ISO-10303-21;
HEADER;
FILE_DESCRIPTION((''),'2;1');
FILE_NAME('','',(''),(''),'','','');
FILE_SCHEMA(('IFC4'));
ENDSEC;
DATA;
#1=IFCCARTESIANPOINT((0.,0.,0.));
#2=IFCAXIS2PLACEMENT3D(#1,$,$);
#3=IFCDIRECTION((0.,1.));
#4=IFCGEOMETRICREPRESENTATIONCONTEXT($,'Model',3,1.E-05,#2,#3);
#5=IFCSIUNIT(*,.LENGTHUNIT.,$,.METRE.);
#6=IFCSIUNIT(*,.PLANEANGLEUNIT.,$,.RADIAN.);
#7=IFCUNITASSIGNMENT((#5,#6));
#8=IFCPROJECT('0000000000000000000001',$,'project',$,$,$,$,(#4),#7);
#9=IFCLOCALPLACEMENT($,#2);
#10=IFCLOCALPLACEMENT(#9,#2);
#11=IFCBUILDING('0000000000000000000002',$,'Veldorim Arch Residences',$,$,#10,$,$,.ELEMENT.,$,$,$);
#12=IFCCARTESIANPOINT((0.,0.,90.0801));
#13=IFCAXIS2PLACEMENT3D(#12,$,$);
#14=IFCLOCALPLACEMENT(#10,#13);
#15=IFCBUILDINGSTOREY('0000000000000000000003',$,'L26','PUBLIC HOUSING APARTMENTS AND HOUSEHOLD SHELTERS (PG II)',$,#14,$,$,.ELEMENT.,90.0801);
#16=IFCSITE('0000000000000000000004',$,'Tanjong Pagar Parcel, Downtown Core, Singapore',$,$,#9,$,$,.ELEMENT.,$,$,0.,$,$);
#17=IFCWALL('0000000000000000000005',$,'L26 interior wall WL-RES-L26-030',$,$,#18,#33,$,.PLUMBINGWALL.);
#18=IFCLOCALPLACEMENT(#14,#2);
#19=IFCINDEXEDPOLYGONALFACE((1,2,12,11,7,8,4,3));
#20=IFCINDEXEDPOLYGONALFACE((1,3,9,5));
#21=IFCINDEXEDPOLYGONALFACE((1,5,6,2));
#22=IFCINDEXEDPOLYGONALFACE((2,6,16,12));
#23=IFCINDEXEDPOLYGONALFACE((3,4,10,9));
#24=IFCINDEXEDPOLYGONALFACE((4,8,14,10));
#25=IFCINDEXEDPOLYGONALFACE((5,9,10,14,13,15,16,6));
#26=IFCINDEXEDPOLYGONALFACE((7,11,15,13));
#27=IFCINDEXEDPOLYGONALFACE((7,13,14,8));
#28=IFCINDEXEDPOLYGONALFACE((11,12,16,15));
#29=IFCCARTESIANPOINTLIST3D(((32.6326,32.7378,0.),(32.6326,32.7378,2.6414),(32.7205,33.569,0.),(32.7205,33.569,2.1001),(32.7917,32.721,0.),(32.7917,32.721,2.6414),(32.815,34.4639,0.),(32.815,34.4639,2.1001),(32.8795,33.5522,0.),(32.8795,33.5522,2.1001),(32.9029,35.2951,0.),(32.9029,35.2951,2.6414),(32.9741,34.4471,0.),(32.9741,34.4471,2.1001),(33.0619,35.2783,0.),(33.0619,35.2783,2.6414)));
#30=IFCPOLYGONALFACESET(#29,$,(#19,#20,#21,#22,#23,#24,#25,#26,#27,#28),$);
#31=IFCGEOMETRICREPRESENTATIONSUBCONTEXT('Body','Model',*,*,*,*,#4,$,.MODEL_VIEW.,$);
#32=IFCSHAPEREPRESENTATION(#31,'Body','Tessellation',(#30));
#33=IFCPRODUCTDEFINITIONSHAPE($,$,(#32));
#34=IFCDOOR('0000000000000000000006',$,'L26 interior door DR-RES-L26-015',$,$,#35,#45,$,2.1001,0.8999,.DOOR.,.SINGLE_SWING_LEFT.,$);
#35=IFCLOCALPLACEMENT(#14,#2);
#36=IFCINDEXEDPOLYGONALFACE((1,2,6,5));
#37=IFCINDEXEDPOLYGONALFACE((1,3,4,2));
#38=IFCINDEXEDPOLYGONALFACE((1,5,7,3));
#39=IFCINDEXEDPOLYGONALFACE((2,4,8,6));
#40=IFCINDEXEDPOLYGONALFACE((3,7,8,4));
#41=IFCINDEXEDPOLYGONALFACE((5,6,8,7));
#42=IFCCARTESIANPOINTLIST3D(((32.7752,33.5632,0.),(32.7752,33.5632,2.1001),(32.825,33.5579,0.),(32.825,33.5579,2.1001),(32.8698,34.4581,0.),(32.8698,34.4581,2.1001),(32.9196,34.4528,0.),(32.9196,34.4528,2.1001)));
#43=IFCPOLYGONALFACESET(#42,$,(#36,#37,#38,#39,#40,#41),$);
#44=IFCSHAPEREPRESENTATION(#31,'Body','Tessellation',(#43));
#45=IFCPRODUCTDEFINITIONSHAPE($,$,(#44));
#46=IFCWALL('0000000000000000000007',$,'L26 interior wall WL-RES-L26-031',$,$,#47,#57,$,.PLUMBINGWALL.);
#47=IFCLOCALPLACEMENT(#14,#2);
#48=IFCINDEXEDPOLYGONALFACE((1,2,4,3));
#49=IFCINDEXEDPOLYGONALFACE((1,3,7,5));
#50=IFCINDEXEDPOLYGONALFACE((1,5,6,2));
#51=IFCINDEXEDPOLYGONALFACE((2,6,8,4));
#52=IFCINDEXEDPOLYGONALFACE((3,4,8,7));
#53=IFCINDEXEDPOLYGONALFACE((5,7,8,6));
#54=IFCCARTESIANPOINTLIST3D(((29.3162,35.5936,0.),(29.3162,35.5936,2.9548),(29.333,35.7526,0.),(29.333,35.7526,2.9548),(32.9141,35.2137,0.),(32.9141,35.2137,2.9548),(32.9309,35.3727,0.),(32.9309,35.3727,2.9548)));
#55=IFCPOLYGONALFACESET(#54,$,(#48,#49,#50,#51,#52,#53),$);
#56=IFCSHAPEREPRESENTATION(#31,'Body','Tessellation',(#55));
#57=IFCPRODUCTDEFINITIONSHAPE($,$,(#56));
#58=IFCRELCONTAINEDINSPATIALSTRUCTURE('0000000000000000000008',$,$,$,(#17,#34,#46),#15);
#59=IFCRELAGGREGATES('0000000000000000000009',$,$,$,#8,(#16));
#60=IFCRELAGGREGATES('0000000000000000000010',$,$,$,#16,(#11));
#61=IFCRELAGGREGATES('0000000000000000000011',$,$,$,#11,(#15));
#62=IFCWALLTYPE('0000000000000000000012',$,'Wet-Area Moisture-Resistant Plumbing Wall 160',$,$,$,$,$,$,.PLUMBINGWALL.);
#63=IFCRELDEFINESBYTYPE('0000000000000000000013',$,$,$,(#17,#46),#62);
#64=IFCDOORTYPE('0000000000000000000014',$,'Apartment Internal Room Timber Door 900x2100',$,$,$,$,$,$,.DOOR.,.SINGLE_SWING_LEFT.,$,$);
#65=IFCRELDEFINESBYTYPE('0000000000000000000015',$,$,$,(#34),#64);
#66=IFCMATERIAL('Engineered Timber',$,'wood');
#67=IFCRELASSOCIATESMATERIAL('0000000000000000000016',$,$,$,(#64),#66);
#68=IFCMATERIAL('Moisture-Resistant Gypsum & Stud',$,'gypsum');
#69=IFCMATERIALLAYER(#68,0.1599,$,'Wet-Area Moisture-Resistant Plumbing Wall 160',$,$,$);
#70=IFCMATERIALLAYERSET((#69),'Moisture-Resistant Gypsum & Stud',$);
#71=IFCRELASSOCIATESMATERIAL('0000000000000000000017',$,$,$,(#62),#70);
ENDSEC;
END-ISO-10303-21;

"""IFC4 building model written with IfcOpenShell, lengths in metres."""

from ifc_helpers import new_model, si_unit, direction, frame, frame_2d, origin, place, context, subcontext, project, spatial, rectangle, extrude, material, layer, layer_set, type_object, element, fill, save


model = new_model("IFC4")

# Units and contexts
model_context = context("Model", 3, precision=1e-05, world=origin(), true_north=direction((0.0, 1.0)))
body_context = subcontext(model_context, "Body", "Model", "MODEL_VIEW")
ifc_project = project(units=[si_unit("LENGTHUNIT", "METRE"), si_unit("PLANEANGLEUNIT", "RADIAN")], contexts=[model_context])

# Site, building, storey
site_placement = place(None, origin())
site = spatial("IfcSite", under=ifc_project, at=site_placement, Name="Tanjong Pagar Parcel, Downtown Core, Singapore", CompositionType="ELEMENT", RefElevation=0.0)
building_placement = place(site_placement, origin())
building = spatial("IfcBuilding", under=site, at=building_placement, Name="Veldorim Arch Residences", CompositionType="ELEMENT")
storey_placement = place(building_placement, frame((0.0, 0.0, 90.0801)))
storey = spatial("IfcBuildingStorey", under=building, at=storey_placement, Name="L26", Description="PUBLIC HOUSING APARTMENTS AND HOUSEHOLD SHELTERS (PG II)", CompositionType="ELEMENT", Elevation=90.0801)

# Shared definitions
ifc_material_1 = material(Name="Engineered Timber", Category="wood")
door_type_1 = type_object("IfcDoorType", Name="Apartment Internal Room Timber Door 900x2100", OperationType="SINGLE_SWING_LEFT", PredefinedType="DOOR", material=ifc_material_1)

# Wall, opening, door
ifc_material_2 = material(Name="Moisture-Resistant Gypsum & Stud", Category="gypsum")
ifc_layer_1 = layer(ifc_material_2, 0.1599, Name="Wet-Area Moisture-Resistant Plumbing Wall 160")
ifc_layer_set_1 = layer_set([ifc_layer_1], Name="Moisture-Resistant Gypsum & Stud")
wall_type_1 = type_object("IfcWallType", Name="Wet-Area Moisture-Resistant Plumbing Wall 160", PredefinedType="PLUMBINGWALL", material=ifc_layer_set_1)
wall_1_placement = place(storey_placement, frame((32.7122, 32.7295, 0.0), z_axis=(0.0, 0.0, 1.0), x_axis=(0.105095, 0.994462, 0.0)))
wall_1 = element("IfcWall", 1, at=wall_1_placement, inside=storey, type_object=wall_type_1, Name="L26 interior wall WL-RES-L26-030", PredefinedType="PLUMBINGWALL", context=body_context, shape_type="SweptSolid", body=[
    extrude(rectangle(XDim=2.5715, YDim=0.1599, at=frame_2d((1.2856, 0.0))), origin(), (0.0, 0.0, 1.0), 2.6414),
])
opening_1_placement = place(wall_1_placement, frame((0.8357, 0.0, 0.0)))
opening_1 = element("IfcOpeningElement", 2, at=opening_1_placement, cuts=wall_1, PredefinedType="OPENING", context=body_context, shape_type="SweptSolid", body=[
    extrude(rectangle(XDim=0.8999, YDim=2.1001, at=frame_2d((0.45, 1.05))), frame((0.0, 0.0898, 0.0), z_axis=(0.0, -1.0, 0.0), x_axis=(1.0, 0.0, 0.0)), (0.0, 0.0, 1.0), 0.1799),
])
door_1_placement = place(opening_1_placement, origin())
door_1 = element("IfcDoor", 3, at=door_1_placement, inside=storey, type_object=door_type_1, Name="L26 interior door DR-RES-L26-015", OperationType="SINGLE_SWING_LEFT", OverallHeight=2.1001, OverallWidth=0.8999, PredefinedType="DOOR", context=body_context, shape_type="SweptSolid", body=[
    extrude(rectangle(XDim=0.8999, YDim=2.1001, at=frame_2d((0.45, 1.05))), frame((0.0, 0.0249, 0.0), z_axis=(0.0, -1.0, 0.0), x_axis=(1.0, 0.0, 0.0)), (0.0, 0.0, 1.0), 0.05),
])
fill(opening_1, door_1)

# Wall
wall_2_placement = place(storey_placement, frame((32.9226, 35.2932, 0.0), z_axis=(0.0, 0.0, 1.0), x_axis=(-0.994472, 0.105001, 0.0)))
element("IfcWall", 4, at=wall_2_placement, inside=storey, type_object=wall_type_1, Name="L26 interior wall WL-RES-L26-031", PredefinedType="PLUMBINGWALL", context=body_context, shape_type="SweptSolid", body=[
    extrude(rectangle(XDim=3.6179, YDim=0.1599, at=frame_2d((1.8091, 0.0))), origin(), (0.0, 0.0, 1.0), 2.9548),
])

save(model, "model.ifc")
